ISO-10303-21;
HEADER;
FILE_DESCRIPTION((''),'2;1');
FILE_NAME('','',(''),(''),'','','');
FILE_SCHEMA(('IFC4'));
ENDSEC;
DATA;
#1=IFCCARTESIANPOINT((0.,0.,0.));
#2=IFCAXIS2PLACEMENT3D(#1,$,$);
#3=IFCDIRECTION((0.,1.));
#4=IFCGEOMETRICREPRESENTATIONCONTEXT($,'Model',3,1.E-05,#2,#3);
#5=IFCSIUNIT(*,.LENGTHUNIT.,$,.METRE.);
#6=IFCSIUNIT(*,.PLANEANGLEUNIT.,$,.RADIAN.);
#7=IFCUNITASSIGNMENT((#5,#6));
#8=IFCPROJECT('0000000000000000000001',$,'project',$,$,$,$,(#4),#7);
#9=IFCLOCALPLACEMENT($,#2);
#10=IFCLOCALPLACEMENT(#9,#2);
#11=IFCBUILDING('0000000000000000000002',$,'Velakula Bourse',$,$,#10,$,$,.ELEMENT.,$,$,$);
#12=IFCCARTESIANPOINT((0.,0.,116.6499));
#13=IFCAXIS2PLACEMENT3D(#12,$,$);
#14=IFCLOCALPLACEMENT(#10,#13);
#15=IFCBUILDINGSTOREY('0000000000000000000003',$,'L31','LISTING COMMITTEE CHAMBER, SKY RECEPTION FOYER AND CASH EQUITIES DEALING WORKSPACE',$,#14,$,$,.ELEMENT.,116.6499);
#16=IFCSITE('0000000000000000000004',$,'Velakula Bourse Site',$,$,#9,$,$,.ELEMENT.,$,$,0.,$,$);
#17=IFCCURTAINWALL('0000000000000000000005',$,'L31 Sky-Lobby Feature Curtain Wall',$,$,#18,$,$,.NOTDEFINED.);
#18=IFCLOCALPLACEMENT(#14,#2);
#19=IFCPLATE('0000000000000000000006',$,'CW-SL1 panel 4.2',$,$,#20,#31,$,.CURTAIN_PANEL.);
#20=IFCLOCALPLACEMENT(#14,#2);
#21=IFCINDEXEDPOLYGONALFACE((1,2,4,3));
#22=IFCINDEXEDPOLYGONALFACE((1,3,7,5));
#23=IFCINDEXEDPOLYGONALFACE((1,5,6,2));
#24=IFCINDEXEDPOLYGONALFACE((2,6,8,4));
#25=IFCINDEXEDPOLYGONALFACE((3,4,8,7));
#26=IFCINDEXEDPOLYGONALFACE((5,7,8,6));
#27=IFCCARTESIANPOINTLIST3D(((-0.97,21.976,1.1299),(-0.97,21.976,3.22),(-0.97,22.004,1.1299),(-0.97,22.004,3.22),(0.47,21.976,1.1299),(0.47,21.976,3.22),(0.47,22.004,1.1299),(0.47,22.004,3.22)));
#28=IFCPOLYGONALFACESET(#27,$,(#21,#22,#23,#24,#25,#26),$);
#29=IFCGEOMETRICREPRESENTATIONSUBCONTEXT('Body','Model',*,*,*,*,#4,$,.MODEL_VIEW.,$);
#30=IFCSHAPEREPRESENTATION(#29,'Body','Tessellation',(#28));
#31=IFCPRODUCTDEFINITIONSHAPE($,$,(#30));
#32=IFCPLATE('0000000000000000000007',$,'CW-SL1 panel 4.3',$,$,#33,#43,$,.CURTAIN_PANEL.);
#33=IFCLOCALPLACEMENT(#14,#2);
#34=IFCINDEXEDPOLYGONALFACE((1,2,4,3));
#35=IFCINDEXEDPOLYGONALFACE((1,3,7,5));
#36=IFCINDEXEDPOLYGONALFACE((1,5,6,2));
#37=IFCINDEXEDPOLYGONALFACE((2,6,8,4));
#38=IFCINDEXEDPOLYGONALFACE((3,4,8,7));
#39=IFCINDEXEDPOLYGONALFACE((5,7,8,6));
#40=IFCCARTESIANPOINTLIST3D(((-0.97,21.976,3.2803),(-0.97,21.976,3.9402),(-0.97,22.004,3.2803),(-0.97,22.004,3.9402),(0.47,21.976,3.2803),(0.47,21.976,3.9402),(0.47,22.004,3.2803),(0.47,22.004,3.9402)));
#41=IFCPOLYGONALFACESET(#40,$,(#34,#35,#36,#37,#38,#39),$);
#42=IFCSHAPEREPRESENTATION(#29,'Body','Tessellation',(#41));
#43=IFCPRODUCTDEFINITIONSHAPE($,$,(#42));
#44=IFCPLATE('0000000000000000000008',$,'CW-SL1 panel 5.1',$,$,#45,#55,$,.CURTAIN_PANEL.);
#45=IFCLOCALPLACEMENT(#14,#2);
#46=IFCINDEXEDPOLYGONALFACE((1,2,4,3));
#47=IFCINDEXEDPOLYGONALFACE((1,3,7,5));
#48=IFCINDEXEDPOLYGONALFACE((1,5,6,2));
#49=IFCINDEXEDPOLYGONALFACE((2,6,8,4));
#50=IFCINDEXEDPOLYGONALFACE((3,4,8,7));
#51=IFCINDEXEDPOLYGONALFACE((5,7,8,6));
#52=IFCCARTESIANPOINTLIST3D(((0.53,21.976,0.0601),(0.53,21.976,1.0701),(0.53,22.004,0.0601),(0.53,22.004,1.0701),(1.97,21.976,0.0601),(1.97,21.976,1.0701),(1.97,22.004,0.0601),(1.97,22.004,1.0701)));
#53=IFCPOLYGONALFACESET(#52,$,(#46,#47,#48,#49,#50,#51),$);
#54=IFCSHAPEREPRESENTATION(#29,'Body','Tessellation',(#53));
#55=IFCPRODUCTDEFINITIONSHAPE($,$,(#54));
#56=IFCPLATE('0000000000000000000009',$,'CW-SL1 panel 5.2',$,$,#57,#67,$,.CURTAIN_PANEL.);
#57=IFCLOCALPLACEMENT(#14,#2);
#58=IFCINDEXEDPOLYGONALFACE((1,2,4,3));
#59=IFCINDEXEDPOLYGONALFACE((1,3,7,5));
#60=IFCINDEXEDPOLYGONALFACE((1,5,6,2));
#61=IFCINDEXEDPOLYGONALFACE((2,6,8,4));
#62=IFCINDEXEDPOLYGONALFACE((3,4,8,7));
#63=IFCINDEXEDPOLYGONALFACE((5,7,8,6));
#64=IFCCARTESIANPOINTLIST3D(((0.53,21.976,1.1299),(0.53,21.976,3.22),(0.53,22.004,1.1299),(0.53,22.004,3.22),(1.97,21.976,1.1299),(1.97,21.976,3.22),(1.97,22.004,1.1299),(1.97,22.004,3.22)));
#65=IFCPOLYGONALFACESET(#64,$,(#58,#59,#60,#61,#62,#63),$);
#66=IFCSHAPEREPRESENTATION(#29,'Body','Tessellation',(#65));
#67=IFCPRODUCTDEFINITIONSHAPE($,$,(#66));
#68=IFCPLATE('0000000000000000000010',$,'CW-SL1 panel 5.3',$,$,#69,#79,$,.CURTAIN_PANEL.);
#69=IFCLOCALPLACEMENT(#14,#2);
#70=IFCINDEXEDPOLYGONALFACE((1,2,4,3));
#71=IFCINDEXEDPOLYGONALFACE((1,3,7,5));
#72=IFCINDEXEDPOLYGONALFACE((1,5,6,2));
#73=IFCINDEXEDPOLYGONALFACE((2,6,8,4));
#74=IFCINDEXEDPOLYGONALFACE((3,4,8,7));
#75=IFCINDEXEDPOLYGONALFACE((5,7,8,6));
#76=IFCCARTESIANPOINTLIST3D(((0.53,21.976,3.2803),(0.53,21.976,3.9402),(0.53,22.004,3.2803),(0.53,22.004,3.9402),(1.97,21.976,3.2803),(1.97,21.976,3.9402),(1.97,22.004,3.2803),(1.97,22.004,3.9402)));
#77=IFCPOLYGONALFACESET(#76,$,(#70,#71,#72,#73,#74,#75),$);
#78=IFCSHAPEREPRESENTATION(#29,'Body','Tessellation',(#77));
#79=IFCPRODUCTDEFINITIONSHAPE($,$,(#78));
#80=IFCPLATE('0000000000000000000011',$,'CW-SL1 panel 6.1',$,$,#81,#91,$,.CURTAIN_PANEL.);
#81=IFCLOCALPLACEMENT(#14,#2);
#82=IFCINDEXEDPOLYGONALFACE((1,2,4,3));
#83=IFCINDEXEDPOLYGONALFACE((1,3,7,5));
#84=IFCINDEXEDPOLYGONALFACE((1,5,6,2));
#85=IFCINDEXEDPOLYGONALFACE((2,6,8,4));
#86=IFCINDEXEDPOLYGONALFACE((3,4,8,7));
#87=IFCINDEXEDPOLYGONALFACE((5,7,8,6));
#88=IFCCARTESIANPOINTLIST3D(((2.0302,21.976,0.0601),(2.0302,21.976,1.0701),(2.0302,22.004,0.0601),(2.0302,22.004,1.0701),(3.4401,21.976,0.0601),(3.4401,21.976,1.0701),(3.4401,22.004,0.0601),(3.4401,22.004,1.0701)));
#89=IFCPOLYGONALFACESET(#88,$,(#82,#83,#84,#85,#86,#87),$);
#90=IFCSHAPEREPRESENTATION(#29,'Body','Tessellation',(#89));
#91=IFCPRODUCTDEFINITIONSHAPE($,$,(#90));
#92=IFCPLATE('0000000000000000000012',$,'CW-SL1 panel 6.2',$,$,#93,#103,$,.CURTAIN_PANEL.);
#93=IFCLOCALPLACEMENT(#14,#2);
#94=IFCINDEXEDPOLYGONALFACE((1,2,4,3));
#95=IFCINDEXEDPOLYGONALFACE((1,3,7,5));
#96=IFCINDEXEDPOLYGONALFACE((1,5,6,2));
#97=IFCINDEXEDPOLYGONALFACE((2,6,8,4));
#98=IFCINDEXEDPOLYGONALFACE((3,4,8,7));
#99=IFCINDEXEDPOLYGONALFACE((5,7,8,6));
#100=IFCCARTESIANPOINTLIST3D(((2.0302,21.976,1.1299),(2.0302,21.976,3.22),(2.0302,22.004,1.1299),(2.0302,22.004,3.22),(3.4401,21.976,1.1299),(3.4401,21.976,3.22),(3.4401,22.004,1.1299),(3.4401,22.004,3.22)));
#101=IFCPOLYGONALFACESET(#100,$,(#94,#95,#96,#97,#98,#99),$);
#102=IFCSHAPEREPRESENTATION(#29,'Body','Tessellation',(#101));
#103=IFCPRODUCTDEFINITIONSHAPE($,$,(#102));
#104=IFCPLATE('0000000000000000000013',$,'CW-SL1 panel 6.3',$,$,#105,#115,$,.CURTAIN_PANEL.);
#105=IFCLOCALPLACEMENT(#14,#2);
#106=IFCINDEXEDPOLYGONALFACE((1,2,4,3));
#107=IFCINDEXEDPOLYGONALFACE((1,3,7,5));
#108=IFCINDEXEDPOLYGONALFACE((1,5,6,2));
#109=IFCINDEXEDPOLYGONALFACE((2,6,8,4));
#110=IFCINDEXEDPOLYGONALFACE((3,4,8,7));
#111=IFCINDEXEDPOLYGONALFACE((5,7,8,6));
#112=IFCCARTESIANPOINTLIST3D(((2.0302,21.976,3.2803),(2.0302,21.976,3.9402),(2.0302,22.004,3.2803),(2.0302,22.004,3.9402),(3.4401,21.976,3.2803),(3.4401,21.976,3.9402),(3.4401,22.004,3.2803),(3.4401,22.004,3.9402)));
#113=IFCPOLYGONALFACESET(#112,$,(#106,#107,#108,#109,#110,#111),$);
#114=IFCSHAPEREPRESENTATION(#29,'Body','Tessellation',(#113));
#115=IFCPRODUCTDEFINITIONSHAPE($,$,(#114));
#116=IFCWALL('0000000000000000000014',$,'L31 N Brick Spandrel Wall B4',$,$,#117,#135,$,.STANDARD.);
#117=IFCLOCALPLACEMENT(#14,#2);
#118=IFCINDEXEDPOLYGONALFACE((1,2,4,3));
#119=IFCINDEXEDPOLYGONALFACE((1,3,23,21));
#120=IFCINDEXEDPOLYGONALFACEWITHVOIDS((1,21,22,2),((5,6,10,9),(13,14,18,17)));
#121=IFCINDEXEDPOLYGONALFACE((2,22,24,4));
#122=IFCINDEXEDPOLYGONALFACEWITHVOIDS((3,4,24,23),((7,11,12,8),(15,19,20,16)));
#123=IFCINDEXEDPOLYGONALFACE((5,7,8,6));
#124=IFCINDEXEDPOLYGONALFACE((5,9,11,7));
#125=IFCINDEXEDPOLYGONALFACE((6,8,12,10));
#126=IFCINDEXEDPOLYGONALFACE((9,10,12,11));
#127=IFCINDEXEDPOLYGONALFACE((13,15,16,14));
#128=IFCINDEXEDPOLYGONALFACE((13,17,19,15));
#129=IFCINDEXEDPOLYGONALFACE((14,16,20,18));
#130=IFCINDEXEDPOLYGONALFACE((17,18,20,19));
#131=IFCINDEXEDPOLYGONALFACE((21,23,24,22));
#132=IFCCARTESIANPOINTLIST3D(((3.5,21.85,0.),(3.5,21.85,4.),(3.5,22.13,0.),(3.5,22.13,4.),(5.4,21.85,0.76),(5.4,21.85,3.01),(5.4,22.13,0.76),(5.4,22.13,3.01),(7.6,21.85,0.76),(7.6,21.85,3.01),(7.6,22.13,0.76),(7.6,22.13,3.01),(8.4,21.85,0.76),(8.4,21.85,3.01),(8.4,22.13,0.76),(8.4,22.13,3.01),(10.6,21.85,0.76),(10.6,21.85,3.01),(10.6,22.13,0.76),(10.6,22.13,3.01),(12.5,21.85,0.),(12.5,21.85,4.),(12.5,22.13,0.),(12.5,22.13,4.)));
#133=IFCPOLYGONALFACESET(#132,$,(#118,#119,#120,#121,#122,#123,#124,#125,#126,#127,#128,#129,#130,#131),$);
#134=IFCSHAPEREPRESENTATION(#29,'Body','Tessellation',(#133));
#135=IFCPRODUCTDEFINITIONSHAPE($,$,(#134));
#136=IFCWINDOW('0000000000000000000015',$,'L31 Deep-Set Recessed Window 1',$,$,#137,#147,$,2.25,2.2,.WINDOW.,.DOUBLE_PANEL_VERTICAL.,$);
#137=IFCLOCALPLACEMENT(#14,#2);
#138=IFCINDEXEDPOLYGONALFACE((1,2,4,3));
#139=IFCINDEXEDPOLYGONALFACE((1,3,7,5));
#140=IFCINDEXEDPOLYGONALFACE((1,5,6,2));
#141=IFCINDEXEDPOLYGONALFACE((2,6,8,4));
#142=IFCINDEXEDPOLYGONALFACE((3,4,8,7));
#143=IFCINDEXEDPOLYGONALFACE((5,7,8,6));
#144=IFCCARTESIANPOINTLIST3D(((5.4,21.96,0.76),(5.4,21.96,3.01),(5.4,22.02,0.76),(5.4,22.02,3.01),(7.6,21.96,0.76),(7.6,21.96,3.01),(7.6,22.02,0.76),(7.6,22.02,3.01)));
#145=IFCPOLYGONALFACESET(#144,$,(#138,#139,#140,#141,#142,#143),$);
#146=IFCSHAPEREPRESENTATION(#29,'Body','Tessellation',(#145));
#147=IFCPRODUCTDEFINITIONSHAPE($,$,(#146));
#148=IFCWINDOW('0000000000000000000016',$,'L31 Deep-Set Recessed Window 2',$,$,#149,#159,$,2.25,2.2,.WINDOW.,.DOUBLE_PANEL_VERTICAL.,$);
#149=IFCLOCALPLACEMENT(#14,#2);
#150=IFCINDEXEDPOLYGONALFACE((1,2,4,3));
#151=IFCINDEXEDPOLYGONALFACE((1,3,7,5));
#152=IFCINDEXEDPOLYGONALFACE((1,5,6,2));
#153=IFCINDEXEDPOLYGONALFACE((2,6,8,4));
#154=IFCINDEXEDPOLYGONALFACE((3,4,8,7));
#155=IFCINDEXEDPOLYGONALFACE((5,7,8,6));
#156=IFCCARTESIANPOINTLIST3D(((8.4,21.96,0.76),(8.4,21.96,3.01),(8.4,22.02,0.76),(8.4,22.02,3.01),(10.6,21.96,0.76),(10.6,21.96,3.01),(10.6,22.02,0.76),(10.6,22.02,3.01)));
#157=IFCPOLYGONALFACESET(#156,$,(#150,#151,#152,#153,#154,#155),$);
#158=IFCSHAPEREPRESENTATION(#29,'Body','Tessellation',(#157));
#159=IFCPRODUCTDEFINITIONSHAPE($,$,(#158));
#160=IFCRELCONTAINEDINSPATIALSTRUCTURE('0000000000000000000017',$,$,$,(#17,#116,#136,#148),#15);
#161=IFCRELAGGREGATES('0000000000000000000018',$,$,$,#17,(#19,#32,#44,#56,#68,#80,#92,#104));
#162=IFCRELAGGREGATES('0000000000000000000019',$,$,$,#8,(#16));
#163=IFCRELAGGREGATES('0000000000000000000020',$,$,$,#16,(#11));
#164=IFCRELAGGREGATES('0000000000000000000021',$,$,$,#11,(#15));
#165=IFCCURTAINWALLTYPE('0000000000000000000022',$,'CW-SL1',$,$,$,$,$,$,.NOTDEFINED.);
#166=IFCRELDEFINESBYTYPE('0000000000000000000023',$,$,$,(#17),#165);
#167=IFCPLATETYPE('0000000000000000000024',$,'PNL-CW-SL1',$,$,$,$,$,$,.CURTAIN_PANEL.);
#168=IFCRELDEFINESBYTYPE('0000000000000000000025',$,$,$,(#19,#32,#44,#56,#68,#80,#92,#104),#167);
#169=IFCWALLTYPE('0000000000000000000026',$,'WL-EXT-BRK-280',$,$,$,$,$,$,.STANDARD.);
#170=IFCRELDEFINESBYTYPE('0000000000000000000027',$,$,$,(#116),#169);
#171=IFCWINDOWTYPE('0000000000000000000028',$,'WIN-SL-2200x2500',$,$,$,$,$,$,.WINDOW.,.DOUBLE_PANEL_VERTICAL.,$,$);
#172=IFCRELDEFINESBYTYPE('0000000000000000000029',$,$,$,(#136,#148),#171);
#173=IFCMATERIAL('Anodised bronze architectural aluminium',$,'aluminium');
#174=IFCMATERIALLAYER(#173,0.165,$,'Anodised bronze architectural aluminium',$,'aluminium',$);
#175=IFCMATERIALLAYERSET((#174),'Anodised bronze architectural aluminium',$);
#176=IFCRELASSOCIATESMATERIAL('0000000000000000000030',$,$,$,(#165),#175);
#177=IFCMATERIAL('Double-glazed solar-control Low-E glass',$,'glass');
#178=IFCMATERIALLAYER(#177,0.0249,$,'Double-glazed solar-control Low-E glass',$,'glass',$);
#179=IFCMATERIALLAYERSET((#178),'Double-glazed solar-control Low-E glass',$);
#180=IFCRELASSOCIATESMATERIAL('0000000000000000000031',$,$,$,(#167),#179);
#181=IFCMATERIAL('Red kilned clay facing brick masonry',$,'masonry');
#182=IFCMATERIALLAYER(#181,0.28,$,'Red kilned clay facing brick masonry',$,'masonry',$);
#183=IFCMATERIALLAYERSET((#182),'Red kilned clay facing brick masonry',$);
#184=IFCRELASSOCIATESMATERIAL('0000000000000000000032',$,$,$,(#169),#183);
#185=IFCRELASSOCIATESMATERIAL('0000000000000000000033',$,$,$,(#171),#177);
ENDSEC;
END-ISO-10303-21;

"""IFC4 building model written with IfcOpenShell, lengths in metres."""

from ifc_helpers import new_model, si_unit, direction, frame, frame_2d, origin, origin_2d, place, context, subcontext, project, spatial, rectangle, extrude, material, layer, layer_set, type_object, element, fill, aggregate, save


model = new_model("IFC4")

# Units and contexts
model_context = context("Model", 3, precision=1e-05, world=origin(), true_north=direction((0.0, 1.0)))
body_context = subcontext(model_context, "Body", "Model", "MODEL_VIEW")
ifc_project = project(units=[si_unit("LENGTHUNIT", "METRE"), si_unit("PLANEANGLEUNIT", "RADIAN")], contexts=[model_context])

# Site, building, storey
site_placement = place(None, origin())
site = spatial("IfcSite", under=ifc_project, at=site_placement, Name="Velakula Bourse Site", CompositionType="ELEMENT", RefElevation=0.0)
building_placement = place(site_placement, origin())
building = spatial("IfcBuilding", under=site, at=building_placement, Name="Velakula Bourse", CompositionType="ELEMENT")
storey_placement = place(building_placement, frame((0.0, 0.0, 116.6499)))
storey = spatial("IfcBuildingStorey", under=building, at=storey_placement, Name="L31", Description="LISTING COMMITTEE CHAMBER, SKY RECEPTION FOYER AND CASH EQUITIES DEALING WORKSPACE", CompositionType="ELEMENT", Elevation=116.6499)

# Curtain wall, plates
ifc_material_1 = material(Name="Anodised bronze architectural aluminium", Category="aluminium")
ifc_layer_1 = layer(ifc_material_1, 0.165, Name="Anodised bronze architectural aluminium", Category="aluminium")
ifc_layer_set_1 = layer_set([ifc_layer_1], Name="Anodised bronze architectural aluminium")
curtain_wall_type = type_object("IfcCurtainWallType", Name="CW-SL1", PredefinedType="NOTDEFINED", material=ifc_layer_set_1)
curtain_wall_placement = place(storey_placement, origin())
curtain_wall = element("IfcCurtainWall", 1, at=curtain_wall_placement, inside=storey, type_object=curtain_wall_type, Name="L31 Sky-Lobby Feature Curtain Wall", PredefinedType="NOTDEFINED")
ifc_material_2 = material(Name="Double-glazed solar-control Low-E glass", Category="glass")
ifc_layer_2 = layer(ifc_material_2, 0.0249, Name="Double-glazed solar-control Low-E glass", Category="glass")
ifc_layer_set_2 = layer_set([ifc_layer_2], Name="Double-glazed solar-control Low-E glass")
plate_type = type_object("IfcPlateType", Name="PNL-CW-SL1", PredefinedType="CURTAIN_PANEL", material=ifc_layer_set_2)
plate_1_placement = place(storey_placement, frame((-0.25, 21.99, 1.1299), z_axis=(0.0, 0.0, 1.0), x_axis=(1.0, 0.0, 0.0)))
plate_1 = element("IfcPlate", 2, at=plate_1_placement, type_object=plate_type, Name="CW-SL1 panel 4.2", PredefinedType="CURTAIN_PANEL", context=body_context, shape_type="SweptSolid", body=[
    extrude(rectangle(XDim=1.4399, YDim=0.0281, at=origin_2d()), origin(), (0.0, 0.0, 1.0), 2.0901),
])
plate_2_placement = place(storey_placement, frame((-0.25, 21.99, 3.2803), z_axis=(0.0, 0.0, 1.0), x_axis=(1.0, 0.0, 0.0)))
plate_2 = element("IfcPlate", 3, at=plate_2_placement, type_object=plate_type, Name="CW-SL1 panel 4.3", PredefinedType="CURTAIN_PANEL", context=body_context, shape_type="SweptSolid", body=[
    extrude(rectangle(XDim=1.4399, YDim=0.0281, at=origin_2d()), origin(), (0.0, 0.0, 1.0), 0.6599),
])
plate_3_placement = place(storey_placement, frame((1.25, 21.99, 0.0601), z_axis=(0.0, 0.0, 1.0), x_axis=(1.0, 0.0, 0.0)))
plate_3 = element("IfcPlate", 4, at=plate_3_placement, type_object=plate_type, Name="CW-SL1 panel 5.1", PredefinedType="CURTAIN_PANEL", context=body_context, shape_type="SweptSolid", body=[
    extrude(rectangle(XDim=1.4399, YDim=0.0281, at=origin_2d()), origin(), (0.0, 0.0, 1.0), 1.01),
])
plate_4_placement = place(storey_placement, frame((1.25, 21.99, 1.1299), z_axis=(0.0, 0.0, 1.0), x_axis=(1.0, 0.0, 0.0)))
plate_4 = element("IfcPlate", 5, at=plate_4_placement, type_object=plate_type, Name="CW-SL1 panel 5.2", PredefinedType="CURTAIN_PANEL", context=body_context, shape_type="SweptSolid", body=[
    extrude(rectangle(XDim=1.4399, YDim=0.0281, at=origin_2d()), origin(), (0.0, 0.0, 1.0), 2.0901),
])
plate_5_placement = place(storey_placement, frame((1.25, 21.99, 3.2803), z_axis=(0.0, 0.0, 1.0), x_axis=(1.0, 0.0, 0.0)))
plate_5 = element("IfcPlate", 6, at=plate_5_placement, type_object=plate_type, Name="CW-SL1 panel 5.3", PredefinedType="CURTAIN_PANEL", context=body_context, shape_type="SweptSolid", body=[
    extrude(rectangle(XDim=1.4399, YDim=0.0281, at=origin_2d()), origin(), (0.0, 0.0, 1.0), 0.6599),
])
plate_6_placement = place(storey_placement, frame((2.7351, 21.99, 0.0601), z_axis=(0.0, 0.0, 1.0), x_axis=(1.0, 0.0, 0.0)))
plate_6 = element("IfcPlate", 7, at=plate_6_placement, type_object=plate_type, Name="CW-SL1 panel 6.1", PredefinedType="CURTAIN_PANEL", context=body_context, shape_type="SweptSolid", body=[
    extrude(rectangle(XDim=1.4099, YDim=0.0281, at=origin_2d()), origin(), (0.0, 0.0, 1.0), 1.01),
])
plate_7_placement = place(storey_placement, frame((2.7351, 21.99, 1.1299), z_axis=(0.0, 0.0, 1.0), x_axis=(1.0, 0.0, 0.0)))
plate_7 = element("IfcPlate", 8, at=plate_7_placement, type_object=plate_type, Name="CW-SL1 panel 6.2", PredefinedType="CURTAIN_PANEL", context=body_context, shape_type="SweptSolid", body=[
    extrude(rectangle(XDim=1.4099, YDim=0.0281, at=origin_2d()), origin(), (0.0, 0.0, 1.0), 2.0901),
])
plate_8_placement = place(storey_placement, frame((2.7351, 21.99, 3.2803), z_axis=(0.0, 0.0, 1.0), x_axis=(1.0, 0.0, 0.0)))
plate_8 = element("IfcPlate", 9, at=plate_8_placement, type_object=plate_type, Name="CW-SL1 panel 6.3", PredefinedType="CURTAIN_PANEL", context=body_context, shape_type="SweptSolid", body=[
    extrude(rectangle(XDim=1.4099, YDim=0.0281, at=origin_2d()), origin(), (0.0, 0.0, 1.0), 0.6599),
])
aggregate(curtain_wall, [plate_1, plate_2, plate_3, plate_4, plate_5, plate_6, plate_7, plate_8])

# Wall, openings, windows
ifc_material_3 = material(Name="Red kilned clay facing brick masonry", Category="masonry")
ifc_layer_3 = layer(ifc_material_3, 0.28, Name="Red kilned clay facing brick masonry", Category="masonry")
ifc_layer_set_3 = layer_set([ifc_layer_3], Name="Red kilned clay facing brick masonry")
wall_type = type_object("IfcWallType", Name="WL-EXT-BRK-280", PredefinedType="STANDARD", material=ifc_layer_set_3)
wall_1_placement = place(storey_placement, frame((3.5, 21.99, 0.0), z_axis=(0.0, 0.0, 1.0), x_axis=(1.0, 0.0, 0.0)))
wall_1 = element("IfcWall", 10, at=wall_1_placement, inside=storey, type_object=wall_type, Name="L31 N Brick Spandrel Wall B4", PredefinedType="STANDARD", context=body_context, shape_type="SweptSolid", body=[
    extrude(rectangle(XDim=9.0, YDim=0.28, at=frame_2d((4.5, 0.0))), origin(), (0.0, 0.0, 1.0), 4.0),
])
opening_1_placement = place(wall_1_placement, frame((1.8999, 0.0, 0.76)))
opening_1 = element("IfcOpeningElement", 11, at=opening_1_placement, cuts=wall_1, PredefinedType="OPENING", context=body_context, shape_type="SweptSolid", body=[
    extrude(rectangle(XDim=2.2, YDim=2.25, at=frame_2d((1.1001, 1.125))), frame((0.0, 0.1499, 0.0), z_axis=(0.0, -1.0, 0.0), x_axis=(1.0, 0.0, 0.0)), (0.0, 0.0, 1.0), 0.3),
])
opening_2_placement = place(wall_1_placement, frame((4.8999, 0.0, 0.76)))
opening_2 = element("IfcOpeningElement", 12, at=opening_2_placement, cuts=wall_1, PredefinedType="OPENING", context=body_context, shape_type="SweptSolid", body=[
    extrude(rectangle(XDim=2.2, YDim=2.25, at=frame_2d((1.1001, 1.125))), frame((0.0, 0.1499, 0.0), z_axis=(0.0, -1.0, 0.0), x_axis=(1.0, 0.0, 0.0)), (0.0, 0.0, 1.0), 0.3),
])
window_type = type_object("IfcWindowType", Name="WIN-SL-2200x2500", PartitioningType="DOUBLE_PANEL_VERTICAL", PredefinedType="WINDOW", material=ifc_material_2)
window_1_placement = place(opening_1_placement, origin())
window_1 = element("IfcWindow", 13, at=window_1_placement, inside=storey, type_object=window_type, Name="L31 Deep-Set Recessed Window 1", OverallHeight=2.25, OverallWidth=2.2, PartitioningType="DOUBLE_PANEL_VERTICAL", PredefinedType="WINDOW", context=body_context, shape_type="SweptSolid", body=[
    extrude(rectangle(XDim=2.2, YDim=2.25, at=frame_2d((1.1001, 1.125))), frame((0.0, 0.03, 0.0), z_axis=(0.0, -1.0, 0.0), x_axis=(1.0, 0.0, 0.0)), (0.0, 0.0, 1.0), 0.0601),
])
fill(opening_1, window_1)
window_2_placement = place(opening_2_placement, origin())
window_2 = element("IfcWindow", 14, at=window_2_placement, inside=storey, type_object=window_type, Name="L31 Deep-Set Recessed Window 2", OverallHeight=2.25, OverallWidth=2.2, PartitioningType="DOUBLE_PANEL_VERTICAL", PredefinedType="WINDOW", context=body_context, shape_type="SweptSolid", body=[
    extrude(rectangle(XDim=2.2, YDim=2.25, at=frame_2d((1.1001, 1.125))), frame((0.0, 0.03, 0.0), z_axis=(0.0, -1.0, 0.0), x_axis=(1.0, 0.0, 0.0)), (0.0, 0.0, 1.0), 0.0601),
])
fill(opening_2, window_2)

save(model, "model.ifc")
